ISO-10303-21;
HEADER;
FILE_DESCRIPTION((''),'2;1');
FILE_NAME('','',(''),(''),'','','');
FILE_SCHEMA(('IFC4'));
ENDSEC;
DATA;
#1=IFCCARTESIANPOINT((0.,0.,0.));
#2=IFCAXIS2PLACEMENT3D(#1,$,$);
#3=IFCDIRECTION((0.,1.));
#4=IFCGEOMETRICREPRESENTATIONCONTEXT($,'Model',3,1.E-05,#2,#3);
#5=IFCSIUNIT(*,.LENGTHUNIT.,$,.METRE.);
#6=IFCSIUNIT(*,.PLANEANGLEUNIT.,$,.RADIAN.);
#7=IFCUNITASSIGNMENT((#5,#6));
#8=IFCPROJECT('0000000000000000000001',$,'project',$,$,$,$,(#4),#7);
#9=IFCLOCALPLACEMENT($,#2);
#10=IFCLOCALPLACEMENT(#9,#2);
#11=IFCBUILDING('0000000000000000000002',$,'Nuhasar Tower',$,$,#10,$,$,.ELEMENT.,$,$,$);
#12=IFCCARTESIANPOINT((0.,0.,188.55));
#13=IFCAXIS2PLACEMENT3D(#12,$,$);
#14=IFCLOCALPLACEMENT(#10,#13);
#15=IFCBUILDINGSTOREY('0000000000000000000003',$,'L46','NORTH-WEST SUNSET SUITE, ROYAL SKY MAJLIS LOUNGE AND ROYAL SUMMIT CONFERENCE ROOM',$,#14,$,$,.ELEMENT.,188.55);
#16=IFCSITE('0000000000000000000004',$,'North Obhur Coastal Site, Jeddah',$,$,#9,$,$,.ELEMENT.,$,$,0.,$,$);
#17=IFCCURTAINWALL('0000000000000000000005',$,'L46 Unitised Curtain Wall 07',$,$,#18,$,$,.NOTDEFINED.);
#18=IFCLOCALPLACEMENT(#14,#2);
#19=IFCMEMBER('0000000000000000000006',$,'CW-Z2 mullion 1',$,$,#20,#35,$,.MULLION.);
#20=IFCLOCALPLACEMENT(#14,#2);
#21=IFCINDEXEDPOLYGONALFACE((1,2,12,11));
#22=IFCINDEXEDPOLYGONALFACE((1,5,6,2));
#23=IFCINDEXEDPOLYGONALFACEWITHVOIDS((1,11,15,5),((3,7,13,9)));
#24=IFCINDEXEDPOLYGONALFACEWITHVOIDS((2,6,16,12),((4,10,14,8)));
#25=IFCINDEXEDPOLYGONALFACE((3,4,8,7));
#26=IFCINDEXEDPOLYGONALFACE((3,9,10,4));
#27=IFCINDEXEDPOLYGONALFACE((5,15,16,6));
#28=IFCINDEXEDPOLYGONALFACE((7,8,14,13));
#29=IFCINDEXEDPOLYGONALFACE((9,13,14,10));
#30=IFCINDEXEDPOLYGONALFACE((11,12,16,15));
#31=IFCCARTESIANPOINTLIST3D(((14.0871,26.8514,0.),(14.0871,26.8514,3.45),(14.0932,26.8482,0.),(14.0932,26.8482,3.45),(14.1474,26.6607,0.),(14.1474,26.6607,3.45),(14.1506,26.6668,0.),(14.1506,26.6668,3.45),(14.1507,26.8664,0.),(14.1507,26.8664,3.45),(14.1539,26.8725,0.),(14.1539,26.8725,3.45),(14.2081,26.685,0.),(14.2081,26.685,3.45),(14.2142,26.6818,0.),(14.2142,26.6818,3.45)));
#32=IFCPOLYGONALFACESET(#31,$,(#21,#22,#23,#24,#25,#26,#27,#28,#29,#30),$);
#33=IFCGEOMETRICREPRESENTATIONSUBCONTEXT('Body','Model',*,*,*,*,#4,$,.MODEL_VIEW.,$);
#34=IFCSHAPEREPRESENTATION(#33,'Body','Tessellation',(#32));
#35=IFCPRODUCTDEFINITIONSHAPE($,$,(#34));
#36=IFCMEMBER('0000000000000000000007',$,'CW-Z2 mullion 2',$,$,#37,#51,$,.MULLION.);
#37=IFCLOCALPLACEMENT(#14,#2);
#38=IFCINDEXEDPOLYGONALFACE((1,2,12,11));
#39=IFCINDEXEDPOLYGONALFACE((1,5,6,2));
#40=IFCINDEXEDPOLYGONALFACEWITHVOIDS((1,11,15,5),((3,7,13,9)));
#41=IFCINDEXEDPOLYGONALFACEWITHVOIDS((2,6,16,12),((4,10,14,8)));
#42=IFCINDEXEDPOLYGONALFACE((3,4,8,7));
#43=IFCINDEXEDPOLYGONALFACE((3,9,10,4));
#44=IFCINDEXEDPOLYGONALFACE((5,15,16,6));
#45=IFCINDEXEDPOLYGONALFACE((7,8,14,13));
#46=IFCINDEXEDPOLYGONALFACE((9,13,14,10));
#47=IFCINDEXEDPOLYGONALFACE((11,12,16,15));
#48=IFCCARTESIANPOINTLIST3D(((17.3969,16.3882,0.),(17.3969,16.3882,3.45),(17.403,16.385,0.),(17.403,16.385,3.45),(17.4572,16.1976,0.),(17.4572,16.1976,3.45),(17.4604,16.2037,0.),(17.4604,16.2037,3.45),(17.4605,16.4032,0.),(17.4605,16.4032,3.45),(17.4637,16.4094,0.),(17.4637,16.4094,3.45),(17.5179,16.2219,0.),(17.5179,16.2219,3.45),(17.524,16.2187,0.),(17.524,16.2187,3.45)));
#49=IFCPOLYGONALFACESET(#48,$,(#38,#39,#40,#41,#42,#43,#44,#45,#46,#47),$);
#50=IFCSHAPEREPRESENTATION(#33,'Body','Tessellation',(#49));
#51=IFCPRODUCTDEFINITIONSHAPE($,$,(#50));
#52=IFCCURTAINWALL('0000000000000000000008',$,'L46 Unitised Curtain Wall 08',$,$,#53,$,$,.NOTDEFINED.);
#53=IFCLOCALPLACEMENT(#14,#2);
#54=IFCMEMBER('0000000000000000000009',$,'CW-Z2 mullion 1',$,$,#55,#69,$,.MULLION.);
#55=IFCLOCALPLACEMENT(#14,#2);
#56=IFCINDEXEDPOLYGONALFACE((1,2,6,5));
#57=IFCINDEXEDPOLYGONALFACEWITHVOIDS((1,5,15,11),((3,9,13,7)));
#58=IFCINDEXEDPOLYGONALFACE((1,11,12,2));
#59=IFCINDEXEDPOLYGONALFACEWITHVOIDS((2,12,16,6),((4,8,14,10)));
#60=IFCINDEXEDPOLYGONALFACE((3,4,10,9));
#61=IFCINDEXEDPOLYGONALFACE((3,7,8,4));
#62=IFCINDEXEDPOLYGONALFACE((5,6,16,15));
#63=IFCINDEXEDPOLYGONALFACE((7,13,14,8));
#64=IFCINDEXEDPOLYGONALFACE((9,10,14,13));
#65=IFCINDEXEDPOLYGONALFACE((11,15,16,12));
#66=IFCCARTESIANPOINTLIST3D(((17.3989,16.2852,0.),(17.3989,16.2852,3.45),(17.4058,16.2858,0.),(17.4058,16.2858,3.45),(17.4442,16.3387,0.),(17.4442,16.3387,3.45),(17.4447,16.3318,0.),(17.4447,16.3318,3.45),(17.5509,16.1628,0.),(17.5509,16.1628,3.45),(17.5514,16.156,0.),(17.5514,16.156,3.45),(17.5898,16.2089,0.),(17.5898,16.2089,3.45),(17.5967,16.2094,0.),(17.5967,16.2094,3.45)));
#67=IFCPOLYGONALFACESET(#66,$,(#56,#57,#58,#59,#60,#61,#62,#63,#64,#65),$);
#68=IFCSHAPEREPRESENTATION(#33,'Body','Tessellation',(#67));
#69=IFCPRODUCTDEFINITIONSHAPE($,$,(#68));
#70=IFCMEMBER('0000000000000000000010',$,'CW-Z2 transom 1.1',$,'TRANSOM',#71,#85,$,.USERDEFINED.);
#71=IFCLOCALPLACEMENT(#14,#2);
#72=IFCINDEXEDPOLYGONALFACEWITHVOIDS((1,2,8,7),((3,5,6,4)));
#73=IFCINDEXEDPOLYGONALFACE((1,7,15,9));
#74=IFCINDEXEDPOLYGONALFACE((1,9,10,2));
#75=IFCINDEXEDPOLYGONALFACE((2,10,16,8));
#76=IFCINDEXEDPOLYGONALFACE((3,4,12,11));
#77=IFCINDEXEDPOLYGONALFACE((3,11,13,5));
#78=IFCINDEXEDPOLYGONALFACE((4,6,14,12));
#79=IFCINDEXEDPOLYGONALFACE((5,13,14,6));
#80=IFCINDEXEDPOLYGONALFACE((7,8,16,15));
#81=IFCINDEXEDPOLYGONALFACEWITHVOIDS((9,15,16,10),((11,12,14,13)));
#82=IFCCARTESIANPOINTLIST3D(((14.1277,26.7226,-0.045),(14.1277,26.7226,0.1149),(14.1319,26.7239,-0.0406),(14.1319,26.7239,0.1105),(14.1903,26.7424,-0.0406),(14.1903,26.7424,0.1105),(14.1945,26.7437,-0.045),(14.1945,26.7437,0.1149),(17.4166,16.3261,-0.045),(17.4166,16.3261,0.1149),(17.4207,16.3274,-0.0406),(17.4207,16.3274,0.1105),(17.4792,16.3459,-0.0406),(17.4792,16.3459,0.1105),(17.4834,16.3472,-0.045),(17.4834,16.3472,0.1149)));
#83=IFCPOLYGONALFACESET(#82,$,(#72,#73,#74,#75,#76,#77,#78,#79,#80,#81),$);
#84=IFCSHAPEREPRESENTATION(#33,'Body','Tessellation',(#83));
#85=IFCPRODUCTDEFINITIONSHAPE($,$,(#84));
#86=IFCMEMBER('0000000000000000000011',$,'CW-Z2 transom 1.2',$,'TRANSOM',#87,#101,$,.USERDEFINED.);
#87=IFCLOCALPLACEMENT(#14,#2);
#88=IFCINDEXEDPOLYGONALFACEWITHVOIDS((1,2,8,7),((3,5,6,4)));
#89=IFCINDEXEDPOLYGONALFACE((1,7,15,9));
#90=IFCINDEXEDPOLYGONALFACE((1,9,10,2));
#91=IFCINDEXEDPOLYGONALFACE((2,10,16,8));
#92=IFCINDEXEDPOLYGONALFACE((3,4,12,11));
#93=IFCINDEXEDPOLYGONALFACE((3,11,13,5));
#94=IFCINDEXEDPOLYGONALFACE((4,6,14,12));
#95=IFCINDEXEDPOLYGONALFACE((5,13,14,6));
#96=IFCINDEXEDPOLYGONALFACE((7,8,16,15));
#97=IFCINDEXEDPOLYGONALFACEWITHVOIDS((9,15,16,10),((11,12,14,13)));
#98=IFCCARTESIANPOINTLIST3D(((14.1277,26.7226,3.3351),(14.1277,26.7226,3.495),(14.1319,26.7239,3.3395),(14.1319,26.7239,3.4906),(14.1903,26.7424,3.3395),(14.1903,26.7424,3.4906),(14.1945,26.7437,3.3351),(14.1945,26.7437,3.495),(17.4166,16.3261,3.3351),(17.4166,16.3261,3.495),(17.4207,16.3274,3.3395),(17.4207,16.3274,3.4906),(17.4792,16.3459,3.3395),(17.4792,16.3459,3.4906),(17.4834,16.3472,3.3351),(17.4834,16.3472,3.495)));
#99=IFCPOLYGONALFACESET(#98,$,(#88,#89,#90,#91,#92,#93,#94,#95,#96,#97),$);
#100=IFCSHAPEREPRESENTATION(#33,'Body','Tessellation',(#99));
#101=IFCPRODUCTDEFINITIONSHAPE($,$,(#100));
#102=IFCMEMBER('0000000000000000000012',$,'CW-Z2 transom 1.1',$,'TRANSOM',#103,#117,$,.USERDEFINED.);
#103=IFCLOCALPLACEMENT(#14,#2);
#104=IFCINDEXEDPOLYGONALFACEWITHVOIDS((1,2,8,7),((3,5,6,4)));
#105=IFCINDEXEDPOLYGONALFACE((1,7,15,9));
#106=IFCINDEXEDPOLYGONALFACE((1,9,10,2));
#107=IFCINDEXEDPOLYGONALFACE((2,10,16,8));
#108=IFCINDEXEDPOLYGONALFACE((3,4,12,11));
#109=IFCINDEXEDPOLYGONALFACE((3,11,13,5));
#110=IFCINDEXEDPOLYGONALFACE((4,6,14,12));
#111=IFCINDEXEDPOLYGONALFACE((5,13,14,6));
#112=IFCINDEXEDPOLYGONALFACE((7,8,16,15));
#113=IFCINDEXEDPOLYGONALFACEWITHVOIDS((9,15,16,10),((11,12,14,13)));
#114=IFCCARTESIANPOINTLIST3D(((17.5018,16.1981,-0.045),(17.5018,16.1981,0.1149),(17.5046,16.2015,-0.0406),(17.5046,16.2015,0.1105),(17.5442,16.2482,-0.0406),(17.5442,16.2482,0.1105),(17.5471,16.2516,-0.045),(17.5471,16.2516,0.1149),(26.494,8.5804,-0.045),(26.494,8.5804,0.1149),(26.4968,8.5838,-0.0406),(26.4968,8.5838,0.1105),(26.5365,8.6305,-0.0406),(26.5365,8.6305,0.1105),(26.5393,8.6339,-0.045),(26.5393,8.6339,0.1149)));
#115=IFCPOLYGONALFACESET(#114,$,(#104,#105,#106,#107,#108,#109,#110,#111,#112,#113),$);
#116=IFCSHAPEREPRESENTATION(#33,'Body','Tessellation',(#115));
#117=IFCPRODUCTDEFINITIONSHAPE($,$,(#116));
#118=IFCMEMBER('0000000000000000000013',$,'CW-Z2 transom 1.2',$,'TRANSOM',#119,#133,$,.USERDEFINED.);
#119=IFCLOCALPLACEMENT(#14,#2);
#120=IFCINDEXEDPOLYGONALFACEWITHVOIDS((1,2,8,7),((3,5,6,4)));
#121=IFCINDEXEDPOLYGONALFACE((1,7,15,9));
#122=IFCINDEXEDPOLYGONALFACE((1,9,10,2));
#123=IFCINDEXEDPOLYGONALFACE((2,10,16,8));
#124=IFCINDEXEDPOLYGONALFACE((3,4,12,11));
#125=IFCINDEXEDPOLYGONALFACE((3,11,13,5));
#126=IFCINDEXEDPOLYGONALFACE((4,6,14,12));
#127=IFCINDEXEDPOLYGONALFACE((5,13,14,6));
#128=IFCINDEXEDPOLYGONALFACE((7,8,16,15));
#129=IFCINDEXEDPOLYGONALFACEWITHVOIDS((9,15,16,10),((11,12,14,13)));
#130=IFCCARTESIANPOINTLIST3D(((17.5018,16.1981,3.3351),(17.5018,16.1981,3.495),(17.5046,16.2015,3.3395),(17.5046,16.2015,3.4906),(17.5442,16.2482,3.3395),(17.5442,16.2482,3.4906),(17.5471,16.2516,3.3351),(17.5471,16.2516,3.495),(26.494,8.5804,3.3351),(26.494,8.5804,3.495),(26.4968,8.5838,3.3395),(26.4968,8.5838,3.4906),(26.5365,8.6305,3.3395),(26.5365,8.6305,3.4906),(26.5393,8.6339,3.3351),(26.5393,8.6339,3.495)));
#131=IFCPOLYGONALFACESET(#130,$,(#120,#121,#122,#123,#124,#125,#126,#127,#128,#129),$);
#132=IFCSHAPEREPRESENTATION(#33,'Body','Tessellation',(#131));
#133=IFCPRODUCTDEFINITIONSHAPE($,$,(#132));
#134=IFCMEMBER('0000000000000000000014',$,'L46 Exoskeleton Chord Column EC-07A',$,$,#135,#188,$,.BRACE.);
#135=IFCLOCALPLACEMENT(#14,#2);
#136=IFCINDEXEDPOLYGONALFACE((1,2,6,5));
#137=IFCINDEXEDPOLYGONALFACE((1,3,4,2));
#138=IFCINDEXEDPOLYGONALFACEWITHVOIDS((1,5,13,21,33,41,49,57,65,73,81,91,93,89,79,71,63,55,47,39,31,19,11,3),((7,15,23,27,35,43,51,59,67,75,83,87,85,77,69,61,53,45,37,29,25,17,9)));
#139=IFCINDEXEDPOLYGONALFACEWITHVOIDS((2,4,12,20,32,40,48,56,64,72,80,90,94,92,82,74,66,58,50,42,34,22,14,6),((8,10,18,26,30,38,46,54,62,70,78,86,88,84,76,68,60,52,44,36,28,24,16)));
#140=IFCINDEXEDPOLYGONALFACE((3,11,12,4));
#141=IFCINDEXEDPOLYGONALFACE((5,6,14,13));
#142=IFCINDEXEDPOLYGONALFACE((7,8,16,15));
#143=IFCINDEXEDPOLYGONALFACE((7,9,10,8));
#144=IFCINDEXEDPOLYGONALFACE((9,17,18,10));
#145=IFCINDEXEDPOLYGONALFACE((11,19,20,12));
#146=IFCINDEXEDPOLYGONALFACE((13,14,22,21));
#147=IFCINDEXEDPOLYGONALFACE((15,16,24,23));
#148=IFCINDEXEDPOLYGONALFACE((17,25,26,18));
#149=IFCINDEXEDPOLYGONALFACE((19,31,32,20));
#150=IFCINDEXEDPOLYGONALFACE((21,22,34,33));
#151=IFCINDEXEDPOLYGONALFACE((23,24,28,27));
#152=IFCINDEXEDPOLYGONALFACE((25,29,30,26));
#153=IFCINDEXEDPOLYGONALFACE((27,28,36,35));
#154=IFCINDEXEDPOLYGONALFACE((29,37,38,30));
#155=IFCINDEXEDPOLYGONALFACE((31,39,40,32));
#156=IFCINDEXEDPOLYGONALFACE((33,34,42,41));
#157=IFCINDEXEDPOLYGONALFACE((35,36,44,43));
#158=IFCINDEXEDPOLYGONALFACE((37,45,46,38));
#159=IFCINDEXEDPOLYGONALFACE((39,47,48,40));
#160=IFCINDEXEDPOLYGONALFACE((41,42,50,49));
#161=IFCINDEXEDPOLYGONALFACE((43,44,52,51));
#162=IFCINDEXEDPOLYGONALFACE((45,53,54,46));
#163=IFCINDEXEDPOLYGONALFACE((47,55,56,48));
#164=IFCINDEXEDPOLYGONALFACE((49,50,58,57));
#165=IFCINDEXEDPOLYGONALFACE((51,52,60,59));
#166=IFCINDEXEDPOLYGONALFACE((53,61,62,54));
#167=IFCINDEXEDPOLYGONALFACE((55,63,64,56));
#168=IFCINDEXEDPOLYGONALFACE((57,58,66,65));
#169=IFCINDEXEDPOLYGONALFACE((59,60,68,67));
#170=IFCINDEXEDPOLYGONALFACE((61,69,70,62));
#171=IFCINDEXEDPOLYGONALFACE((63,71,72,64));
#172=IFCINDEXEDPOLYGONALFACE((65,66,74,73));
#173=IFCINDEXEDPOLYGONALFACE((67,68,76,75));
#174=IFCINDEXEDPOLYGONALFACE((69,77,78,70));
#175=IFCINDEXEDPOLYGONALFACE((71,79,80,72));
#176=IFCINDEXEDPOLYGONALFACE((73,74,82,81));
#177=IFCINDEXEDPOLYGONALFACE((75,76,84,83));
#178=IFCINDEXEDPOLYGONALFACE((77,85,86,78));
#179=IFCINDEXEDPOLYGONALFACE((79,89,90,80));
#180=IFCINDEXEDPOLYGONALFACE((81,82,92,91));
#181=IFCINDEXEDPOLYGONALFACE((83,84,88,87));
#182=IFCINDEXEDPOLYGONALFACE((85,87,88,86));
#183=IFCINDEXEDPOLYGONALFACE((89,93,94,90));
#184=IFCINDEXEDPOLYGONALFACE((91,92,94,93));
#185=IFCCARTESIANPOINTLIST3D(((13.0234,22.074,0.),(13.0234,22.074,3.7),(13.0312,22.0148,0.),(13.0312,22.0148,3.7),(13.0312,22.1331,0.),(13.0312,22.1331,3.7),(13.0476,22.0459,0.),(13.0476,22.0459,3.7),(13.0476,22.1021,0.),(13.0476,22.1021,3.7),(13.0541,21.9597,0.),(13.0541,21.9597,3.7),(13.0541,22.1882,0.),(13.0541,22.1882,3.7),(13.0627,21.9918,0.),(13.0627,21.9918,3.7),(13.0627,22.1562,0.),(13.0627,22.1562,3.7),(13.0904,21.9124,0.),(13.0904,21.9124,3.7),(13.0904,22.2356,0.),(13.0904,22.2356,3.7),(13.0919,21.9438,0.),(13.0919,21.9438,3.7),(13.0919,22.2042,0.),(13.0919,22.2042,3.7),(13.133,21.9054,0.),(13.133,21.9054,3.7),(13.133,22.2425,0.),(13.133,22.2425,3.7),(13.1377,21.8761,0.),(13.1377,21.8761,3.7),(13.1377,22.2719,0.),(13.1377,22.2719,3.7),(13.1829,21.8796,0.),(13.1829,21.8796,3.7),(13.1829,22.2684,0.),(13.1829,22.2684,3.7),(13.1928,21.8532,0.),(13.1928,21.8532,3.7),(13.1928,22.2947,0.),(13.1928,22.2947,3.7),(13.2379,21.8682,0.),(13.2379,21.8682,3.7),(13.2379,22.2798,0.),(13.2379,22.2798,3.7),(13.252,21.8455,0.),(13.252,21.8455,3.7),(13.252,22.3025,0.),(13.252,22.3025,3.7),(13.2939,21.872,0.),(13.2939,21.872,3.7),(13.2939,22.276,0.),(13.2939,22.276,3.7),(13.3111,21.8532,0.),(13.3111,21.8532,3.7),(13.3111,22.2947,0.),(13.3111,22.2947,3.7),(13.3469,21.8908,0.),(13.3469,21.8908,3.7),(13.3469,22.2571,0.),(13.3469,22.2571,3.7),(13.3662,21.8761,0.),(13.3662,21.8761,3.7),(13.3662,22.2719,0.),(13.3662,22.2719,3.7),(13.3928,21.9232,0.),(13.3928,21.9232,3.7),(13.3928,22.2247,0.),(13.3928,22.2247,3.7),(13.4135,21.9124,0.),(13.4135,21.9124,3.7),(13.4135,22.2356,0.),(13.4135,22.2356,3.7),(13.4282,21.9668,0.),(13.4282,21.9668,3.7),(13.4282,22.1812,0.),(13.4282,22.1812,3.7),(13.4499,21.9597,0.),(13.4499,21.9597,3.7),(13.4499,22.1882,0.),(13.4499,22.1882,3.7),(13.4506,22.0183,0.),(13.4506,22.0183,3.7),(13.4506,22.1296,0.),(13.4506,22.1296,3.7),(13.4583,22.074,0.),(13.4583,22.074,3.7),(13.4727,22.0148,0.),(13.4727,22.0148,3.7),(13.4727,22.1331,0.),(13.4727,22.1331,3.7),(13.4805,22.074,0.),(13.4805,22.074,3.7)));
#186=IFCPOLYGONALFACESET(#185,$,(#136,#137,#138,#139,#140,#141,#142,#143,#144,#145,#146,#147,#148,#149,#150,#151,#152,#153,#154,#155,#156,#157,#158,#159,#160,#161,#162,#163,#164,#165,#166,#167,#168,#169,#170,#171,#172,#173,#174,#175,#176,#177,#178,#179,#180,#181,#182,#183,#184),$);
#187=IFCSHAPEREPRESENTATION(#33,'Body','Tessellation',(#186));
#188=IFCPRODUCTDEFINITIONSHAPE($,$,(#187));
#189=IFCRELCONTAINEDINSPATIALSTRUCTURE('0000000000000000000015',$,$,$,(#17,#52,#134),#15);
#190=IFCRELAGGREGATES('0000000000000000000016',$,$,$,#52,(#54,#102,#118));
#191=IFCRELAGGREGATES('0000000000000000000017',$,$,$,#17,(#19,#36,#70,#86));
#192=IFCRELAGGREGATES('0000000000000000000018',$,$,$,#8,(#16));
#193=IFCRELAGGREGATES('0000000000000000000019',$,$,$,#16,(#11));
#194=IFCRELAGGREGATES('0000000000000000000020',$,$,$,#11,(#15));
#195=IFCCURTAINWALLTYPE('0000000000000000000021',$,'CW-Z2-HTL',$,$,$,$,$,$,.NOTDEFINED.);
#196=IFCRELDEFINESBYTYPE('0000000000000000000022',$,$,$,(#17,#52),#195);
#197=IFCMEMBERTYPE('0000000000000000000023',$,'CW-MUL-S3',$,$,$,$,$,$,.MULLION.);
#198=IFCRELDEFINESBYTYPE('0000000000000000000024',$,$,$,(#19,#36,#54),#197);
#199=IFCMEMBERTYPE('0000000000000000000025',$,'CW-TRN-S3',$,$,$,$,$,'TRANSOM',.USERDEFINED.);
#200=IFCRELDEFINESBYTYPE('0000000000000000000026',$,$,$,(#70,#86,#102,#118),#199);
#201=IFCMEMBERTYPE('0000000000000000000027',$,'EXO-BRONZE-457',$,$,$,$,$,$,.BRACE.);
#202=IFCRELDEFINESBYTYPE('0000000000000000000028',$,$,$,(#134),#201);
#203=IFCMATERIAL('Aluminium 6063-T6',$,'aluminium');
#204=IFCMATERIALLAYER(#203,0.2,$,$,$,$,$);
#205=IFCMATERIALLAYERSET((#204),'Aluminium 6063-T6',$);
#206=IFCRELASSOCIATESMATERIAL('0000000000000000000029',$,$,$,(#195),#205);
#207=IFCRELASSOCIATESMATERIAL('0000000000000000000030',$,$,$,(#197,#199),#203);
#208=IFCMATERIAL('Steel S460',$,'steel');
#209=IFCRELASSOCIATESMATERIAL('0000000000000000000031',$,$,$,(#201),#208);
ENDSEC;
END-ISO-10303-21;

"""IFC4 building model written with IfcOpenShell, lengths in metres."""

from ifc_helpers import new_model, si_unit, direction, frame, origin, origin_2d, place, context, subcontext, project, spatial, hollow_rectangle, hollow_circle, extrude, material, layer, layer_set, material_profile, profile_set, type_object, element, aggregate, save


model = new_model("IFC4")

# Units and contexts
model_context = context("Model", 3, precision=1e-05, world=origin(), true_north=direction((0.0, 1.0)))
body_context = subcontext(model_context, "Body", "Model", "MODEL_VIEW")
ifc_project = project(units=[si_unit("LENGTHUNIT", "METRE"), si_unit("PLANEANGLEUNIT", "RADIAN")], contexts=[model_context])

# Site, building, storey
site_placement = place(None, origin())
site = spatial("IfcSite", under=ifc_project, at=site_placement, Name="North Obhur Coastal Site, Jeddah", CompositionType="ELEMENT", RefElevation=0.0)
building_placement = place(site_placement, origin())
building = spatial("IfcBuilding", under=site, at=building_placement, Name="Nuhasar Tower", CompositionType="ELEMENT")
storey_placement = place(building_placement, frame((0.0, 0.0, 188.55)))
storey = spatial("IfcBuildingStorey", under=building, at=storey_placement, Name="L46", Description="NORTH-WEST SUNSET SUITE, ROYAL SKY MAJLIS LOUNGE AND ROYAL SUMMIT CONFERENCE ROOM", CompositionType="ELEMENT", Elevation=188.55)

# Curtain wall, members
ifc_material_1 = material(Name="Aluminium 6063-T6", Category="aluminium")
ifc_layer_1 = layer(ifc_material_1, 0.2)
ifc_layer_set_1 = layer_set([ifc_layer_1], Name="Aluminium 6063-T6")
curtain_wall_type = type_object("IfcCurtainWallType", Name="CW-Z2-HTL", PredefinedType="NOTDEFINED", material=ifc_layer_set_1)
curtain_wall_1_placement = place(storey_placement, origin())
curtain_wall_1 = element("IfcCurtainWall", 1, at=curtain_wall_1_placement, inside=storey, type_object=curtain_wall_type, Name="L46 Unitised Curtain Wall 07", PredefinedType="NOTDEFINED")
ifc_material_profile_1 = material_profile(ifc_material_1, hollow_rectangle(XDim=0.0701, YDim=0.2, WallThickness=0.0049, at=origin_2d()), Name="CWM-3")
ifc_profile_set_1 = profile_set([ifc_material_profile_1], Name="Aluminium 6063-T6")
member_type_1 = type_object("IfcMemberType", Name="CW-MUL-S3", PredefinedType="MULLION", material=ifc_profile_set_1)
member_1_placement = place(storey_placement, frame((14.1506, 26.7666, 0.0), z_axis=(0.0, 0.0, 1.0), x_axis=(0.953433, 0.301604, 0.0)))
member_1 = element("IfcMember", 2, at=member_1_placement, type_object=member_type_1, Name="CW-Z2 mullion 1", PredefinedType="MULLION", context=body_context, shape_type="SweptSolid", body=[
    extrude(hollow_rectangle(XDim=0.0701, YDim=0.2, WallThickness=0.0049, at=origin_2d()), origin(), (0.0, 0.0, 1.0), 3.45),
])
member_2_placement = place(storey_placement, frame((17.4604, 16.3035, 0.0), z_axis=(0.0, 0.0, 1.0), x_axis=(0.953433, 0.301604, 0.0)))
member_2 = element("IfcMember", 3, at=member_2_placement, type_object=member_type_1, Name="CW-Z2 mullion 2", PredefinedType="MULLION", context=body_context, shape_type="SweptSolid", body=[
    extrude(hollow_rectangle(XDim=0.0701, YDim=0.2, WallThickness=0.0049, at=origin_2d()), origin(), (0.0, 0.0, 1.0), 3.45),
])

# Curtain wall, member
curtain_wall_2_placement = place(storey_placement, origin())
curtain_wall_2 = element("IfcCurtainWall", 4, at=curtain_wall_2_placement, inside=storey, type_object=curtain_wall_type, Name="L46 Unitised Curtain Wall 08", PredefinedType="NOTDEFINED")
member_3_placement = place(storey_placement, frame((17.4978, 16.2473, 0.0), z_axis=(0.0, 0.0, 1.0), x_axis=(0.646374, 0.76302, 0.0)))
member_3 = element("IfcMember", 5, at=member_3_placement, type_object=member_type_1, Name="CW-Z2 mullion 1", PredefinedType="MULLION", context=body_context, shape_type="SweptSolid", body=[
    extrude(hollow_rectangle(XDim=0.0701, YDim=0.2, WallThickness=0.0049, at=origin_2d()), origin(), (0.0, 0.0, 1.0), 3.45),
])

# Members
ifc_material_profile_2 = material_profile(ifc_material_1, hollow_rectangle(XDim=0.0701, YDim=0.1599, WallThickness=0.0044, at=origin_2d()), Name="CWT-3")
ifc_profile_set_2 = profile_set([ifc_material_profile_2], Name="Aluminium 6063-T6")
member_type_2 = type_object("IfcMemberType", Name="CW-TRN-S3", ElementType="TRANSOM", PredefinedType="USERDEFINED", material=ifc_profile_set_2)
member_4_placement = place(storey_placement, frame((14.1611, 26.7332, 0.0349), z_axis=(0.301608, -0.953432, 0.0), x_axis=(0.953432, 0.301608, 0.0)))
member_4 = element("IfcMember", 6, at=member_4_placement, type_object=member_type_2, Name="CW-Z2 transom 1.1", ObjectType="TRANSOM", PredefinedType="USERDEFINED", context=body_context, shape_type="SweptSolid", body=[
    extrude(hollow_rectangle(XDim=0.0701, YDim=0.1599, WallThickness=0.0044, at=origin_2d()), origin(), (0.0, 0.0, 1.0), 10.9043),
])
member_5_placement = place(storey_placement, frame((14.1611, 26.7332, 3.415), z_axis=(0.301608, -0.953432, 0.0), x_axis=(0.953432, 0.301608, 0.0)))
member_5 = element("IfcMember", 7, at=member_5_placement, type_object=member_type_2, Name="CW-Z2 transom 1.2", ObjectType="TRANSOM", PredefinedType="USERDEFINED", context=body_context, shape_type="SweptSolid", body=[
    extrude(hollow_rectangle(XDim=0.0701, YDim=0.1599, WallThickness=0.0044, at=origin_2d()), origin(), (0.0, 0.0, 1.0), 10.9043),
])
member_6_placement = place(storey_placement, frame((17.5244, 16.2249, 0.0349), z_axis=(0.763014, -0.646382, 0.0), x_axis=(0.646382, 0.763014, 0.0)))
member_6 = element("IfcMember", 8, at=member_6_placement, type_object=member_type_2, Name="CW-Z2 transom 1.1", ObjectType="TRANSOM", PredefinedType="USERDEFINED", context=body_context, shape_type="SweptSolid", body=[
    extrude(hollow_rectangle(XDim=0.0701, YDim=0.1599, WallThickness=0.0044, at=origin_2d()), origin(), (0.0, 0.0, 1.0), 11.7852),
])
member_7_placement = place(storey_placement, frame((17.5244, 16.2249, 3.415), z_axis=(0.763014, -0.646382, 0.0), x_axis=(0.646382, 0.763014, 0.0)))
member_7 = element("IfcMember", 9, at=member_7_placement, type_object=member_type_2, Name="CW-Z2 transom 1.2", ObjectType="TRANSOM", PredefinedType="USERDEFINED", context=body_context, shape_type="SweptSolid", body=[
    extrude(hollow_rectangle(XDim=0.0701, YDim=0.1599, WallThickness=0.0044, at=origin_2d()), origin(), (0.0, 0.0, 1.0), 11.7852),
])
aggregate(curtain_wall_2, [member_3, member_6, member_7])

# Member
ifc_material_2 = material(Name="Steel S460", Category="steel")
ifc_material_profile_3 = material_profile(ifc_material_2, hollow_circle(Radius=0.2285, WallThickness=0.0222, at=origin_2d()), Name="HSS457X22.2")
ifc_profile_set_3 = profile_set([ifc_material_profile_3], Name="Steel S460")
member_type_3 = type_object("IfcMemberType", Name="EXO-BRONZE-457", PredefinedType="BRACE", material=ifc_profile_set_3)
for number, where, z_axis, x_axis, name in (
    (10, (13.252, 22.074, 0.0), (0.0, 0.0, 1.0), (1.0, 0.0, 0.0), "L46 Exoskeleton Chord Column EC-07A"),
):
    element("IfcMember", number, at=place(storey_placement, frame(where, z_axis=z_axis, x_axis=x_axis)), inside=storey, type_object=member_type_3, Name=name, PredefinedType="BRACE", context=body_context, shape_type="SweptSolid", body=[
        extrude(hollow_circle(Radius=0.2285, WallThickness=0.0222, at=origin_2d()), origin(), (0.0, 0.0, 1.0), 3.7),
    ])

aggregate(curtain_wall_1, [member_1, member_2, member_4, member_5])

save(model, "model.ifc")
